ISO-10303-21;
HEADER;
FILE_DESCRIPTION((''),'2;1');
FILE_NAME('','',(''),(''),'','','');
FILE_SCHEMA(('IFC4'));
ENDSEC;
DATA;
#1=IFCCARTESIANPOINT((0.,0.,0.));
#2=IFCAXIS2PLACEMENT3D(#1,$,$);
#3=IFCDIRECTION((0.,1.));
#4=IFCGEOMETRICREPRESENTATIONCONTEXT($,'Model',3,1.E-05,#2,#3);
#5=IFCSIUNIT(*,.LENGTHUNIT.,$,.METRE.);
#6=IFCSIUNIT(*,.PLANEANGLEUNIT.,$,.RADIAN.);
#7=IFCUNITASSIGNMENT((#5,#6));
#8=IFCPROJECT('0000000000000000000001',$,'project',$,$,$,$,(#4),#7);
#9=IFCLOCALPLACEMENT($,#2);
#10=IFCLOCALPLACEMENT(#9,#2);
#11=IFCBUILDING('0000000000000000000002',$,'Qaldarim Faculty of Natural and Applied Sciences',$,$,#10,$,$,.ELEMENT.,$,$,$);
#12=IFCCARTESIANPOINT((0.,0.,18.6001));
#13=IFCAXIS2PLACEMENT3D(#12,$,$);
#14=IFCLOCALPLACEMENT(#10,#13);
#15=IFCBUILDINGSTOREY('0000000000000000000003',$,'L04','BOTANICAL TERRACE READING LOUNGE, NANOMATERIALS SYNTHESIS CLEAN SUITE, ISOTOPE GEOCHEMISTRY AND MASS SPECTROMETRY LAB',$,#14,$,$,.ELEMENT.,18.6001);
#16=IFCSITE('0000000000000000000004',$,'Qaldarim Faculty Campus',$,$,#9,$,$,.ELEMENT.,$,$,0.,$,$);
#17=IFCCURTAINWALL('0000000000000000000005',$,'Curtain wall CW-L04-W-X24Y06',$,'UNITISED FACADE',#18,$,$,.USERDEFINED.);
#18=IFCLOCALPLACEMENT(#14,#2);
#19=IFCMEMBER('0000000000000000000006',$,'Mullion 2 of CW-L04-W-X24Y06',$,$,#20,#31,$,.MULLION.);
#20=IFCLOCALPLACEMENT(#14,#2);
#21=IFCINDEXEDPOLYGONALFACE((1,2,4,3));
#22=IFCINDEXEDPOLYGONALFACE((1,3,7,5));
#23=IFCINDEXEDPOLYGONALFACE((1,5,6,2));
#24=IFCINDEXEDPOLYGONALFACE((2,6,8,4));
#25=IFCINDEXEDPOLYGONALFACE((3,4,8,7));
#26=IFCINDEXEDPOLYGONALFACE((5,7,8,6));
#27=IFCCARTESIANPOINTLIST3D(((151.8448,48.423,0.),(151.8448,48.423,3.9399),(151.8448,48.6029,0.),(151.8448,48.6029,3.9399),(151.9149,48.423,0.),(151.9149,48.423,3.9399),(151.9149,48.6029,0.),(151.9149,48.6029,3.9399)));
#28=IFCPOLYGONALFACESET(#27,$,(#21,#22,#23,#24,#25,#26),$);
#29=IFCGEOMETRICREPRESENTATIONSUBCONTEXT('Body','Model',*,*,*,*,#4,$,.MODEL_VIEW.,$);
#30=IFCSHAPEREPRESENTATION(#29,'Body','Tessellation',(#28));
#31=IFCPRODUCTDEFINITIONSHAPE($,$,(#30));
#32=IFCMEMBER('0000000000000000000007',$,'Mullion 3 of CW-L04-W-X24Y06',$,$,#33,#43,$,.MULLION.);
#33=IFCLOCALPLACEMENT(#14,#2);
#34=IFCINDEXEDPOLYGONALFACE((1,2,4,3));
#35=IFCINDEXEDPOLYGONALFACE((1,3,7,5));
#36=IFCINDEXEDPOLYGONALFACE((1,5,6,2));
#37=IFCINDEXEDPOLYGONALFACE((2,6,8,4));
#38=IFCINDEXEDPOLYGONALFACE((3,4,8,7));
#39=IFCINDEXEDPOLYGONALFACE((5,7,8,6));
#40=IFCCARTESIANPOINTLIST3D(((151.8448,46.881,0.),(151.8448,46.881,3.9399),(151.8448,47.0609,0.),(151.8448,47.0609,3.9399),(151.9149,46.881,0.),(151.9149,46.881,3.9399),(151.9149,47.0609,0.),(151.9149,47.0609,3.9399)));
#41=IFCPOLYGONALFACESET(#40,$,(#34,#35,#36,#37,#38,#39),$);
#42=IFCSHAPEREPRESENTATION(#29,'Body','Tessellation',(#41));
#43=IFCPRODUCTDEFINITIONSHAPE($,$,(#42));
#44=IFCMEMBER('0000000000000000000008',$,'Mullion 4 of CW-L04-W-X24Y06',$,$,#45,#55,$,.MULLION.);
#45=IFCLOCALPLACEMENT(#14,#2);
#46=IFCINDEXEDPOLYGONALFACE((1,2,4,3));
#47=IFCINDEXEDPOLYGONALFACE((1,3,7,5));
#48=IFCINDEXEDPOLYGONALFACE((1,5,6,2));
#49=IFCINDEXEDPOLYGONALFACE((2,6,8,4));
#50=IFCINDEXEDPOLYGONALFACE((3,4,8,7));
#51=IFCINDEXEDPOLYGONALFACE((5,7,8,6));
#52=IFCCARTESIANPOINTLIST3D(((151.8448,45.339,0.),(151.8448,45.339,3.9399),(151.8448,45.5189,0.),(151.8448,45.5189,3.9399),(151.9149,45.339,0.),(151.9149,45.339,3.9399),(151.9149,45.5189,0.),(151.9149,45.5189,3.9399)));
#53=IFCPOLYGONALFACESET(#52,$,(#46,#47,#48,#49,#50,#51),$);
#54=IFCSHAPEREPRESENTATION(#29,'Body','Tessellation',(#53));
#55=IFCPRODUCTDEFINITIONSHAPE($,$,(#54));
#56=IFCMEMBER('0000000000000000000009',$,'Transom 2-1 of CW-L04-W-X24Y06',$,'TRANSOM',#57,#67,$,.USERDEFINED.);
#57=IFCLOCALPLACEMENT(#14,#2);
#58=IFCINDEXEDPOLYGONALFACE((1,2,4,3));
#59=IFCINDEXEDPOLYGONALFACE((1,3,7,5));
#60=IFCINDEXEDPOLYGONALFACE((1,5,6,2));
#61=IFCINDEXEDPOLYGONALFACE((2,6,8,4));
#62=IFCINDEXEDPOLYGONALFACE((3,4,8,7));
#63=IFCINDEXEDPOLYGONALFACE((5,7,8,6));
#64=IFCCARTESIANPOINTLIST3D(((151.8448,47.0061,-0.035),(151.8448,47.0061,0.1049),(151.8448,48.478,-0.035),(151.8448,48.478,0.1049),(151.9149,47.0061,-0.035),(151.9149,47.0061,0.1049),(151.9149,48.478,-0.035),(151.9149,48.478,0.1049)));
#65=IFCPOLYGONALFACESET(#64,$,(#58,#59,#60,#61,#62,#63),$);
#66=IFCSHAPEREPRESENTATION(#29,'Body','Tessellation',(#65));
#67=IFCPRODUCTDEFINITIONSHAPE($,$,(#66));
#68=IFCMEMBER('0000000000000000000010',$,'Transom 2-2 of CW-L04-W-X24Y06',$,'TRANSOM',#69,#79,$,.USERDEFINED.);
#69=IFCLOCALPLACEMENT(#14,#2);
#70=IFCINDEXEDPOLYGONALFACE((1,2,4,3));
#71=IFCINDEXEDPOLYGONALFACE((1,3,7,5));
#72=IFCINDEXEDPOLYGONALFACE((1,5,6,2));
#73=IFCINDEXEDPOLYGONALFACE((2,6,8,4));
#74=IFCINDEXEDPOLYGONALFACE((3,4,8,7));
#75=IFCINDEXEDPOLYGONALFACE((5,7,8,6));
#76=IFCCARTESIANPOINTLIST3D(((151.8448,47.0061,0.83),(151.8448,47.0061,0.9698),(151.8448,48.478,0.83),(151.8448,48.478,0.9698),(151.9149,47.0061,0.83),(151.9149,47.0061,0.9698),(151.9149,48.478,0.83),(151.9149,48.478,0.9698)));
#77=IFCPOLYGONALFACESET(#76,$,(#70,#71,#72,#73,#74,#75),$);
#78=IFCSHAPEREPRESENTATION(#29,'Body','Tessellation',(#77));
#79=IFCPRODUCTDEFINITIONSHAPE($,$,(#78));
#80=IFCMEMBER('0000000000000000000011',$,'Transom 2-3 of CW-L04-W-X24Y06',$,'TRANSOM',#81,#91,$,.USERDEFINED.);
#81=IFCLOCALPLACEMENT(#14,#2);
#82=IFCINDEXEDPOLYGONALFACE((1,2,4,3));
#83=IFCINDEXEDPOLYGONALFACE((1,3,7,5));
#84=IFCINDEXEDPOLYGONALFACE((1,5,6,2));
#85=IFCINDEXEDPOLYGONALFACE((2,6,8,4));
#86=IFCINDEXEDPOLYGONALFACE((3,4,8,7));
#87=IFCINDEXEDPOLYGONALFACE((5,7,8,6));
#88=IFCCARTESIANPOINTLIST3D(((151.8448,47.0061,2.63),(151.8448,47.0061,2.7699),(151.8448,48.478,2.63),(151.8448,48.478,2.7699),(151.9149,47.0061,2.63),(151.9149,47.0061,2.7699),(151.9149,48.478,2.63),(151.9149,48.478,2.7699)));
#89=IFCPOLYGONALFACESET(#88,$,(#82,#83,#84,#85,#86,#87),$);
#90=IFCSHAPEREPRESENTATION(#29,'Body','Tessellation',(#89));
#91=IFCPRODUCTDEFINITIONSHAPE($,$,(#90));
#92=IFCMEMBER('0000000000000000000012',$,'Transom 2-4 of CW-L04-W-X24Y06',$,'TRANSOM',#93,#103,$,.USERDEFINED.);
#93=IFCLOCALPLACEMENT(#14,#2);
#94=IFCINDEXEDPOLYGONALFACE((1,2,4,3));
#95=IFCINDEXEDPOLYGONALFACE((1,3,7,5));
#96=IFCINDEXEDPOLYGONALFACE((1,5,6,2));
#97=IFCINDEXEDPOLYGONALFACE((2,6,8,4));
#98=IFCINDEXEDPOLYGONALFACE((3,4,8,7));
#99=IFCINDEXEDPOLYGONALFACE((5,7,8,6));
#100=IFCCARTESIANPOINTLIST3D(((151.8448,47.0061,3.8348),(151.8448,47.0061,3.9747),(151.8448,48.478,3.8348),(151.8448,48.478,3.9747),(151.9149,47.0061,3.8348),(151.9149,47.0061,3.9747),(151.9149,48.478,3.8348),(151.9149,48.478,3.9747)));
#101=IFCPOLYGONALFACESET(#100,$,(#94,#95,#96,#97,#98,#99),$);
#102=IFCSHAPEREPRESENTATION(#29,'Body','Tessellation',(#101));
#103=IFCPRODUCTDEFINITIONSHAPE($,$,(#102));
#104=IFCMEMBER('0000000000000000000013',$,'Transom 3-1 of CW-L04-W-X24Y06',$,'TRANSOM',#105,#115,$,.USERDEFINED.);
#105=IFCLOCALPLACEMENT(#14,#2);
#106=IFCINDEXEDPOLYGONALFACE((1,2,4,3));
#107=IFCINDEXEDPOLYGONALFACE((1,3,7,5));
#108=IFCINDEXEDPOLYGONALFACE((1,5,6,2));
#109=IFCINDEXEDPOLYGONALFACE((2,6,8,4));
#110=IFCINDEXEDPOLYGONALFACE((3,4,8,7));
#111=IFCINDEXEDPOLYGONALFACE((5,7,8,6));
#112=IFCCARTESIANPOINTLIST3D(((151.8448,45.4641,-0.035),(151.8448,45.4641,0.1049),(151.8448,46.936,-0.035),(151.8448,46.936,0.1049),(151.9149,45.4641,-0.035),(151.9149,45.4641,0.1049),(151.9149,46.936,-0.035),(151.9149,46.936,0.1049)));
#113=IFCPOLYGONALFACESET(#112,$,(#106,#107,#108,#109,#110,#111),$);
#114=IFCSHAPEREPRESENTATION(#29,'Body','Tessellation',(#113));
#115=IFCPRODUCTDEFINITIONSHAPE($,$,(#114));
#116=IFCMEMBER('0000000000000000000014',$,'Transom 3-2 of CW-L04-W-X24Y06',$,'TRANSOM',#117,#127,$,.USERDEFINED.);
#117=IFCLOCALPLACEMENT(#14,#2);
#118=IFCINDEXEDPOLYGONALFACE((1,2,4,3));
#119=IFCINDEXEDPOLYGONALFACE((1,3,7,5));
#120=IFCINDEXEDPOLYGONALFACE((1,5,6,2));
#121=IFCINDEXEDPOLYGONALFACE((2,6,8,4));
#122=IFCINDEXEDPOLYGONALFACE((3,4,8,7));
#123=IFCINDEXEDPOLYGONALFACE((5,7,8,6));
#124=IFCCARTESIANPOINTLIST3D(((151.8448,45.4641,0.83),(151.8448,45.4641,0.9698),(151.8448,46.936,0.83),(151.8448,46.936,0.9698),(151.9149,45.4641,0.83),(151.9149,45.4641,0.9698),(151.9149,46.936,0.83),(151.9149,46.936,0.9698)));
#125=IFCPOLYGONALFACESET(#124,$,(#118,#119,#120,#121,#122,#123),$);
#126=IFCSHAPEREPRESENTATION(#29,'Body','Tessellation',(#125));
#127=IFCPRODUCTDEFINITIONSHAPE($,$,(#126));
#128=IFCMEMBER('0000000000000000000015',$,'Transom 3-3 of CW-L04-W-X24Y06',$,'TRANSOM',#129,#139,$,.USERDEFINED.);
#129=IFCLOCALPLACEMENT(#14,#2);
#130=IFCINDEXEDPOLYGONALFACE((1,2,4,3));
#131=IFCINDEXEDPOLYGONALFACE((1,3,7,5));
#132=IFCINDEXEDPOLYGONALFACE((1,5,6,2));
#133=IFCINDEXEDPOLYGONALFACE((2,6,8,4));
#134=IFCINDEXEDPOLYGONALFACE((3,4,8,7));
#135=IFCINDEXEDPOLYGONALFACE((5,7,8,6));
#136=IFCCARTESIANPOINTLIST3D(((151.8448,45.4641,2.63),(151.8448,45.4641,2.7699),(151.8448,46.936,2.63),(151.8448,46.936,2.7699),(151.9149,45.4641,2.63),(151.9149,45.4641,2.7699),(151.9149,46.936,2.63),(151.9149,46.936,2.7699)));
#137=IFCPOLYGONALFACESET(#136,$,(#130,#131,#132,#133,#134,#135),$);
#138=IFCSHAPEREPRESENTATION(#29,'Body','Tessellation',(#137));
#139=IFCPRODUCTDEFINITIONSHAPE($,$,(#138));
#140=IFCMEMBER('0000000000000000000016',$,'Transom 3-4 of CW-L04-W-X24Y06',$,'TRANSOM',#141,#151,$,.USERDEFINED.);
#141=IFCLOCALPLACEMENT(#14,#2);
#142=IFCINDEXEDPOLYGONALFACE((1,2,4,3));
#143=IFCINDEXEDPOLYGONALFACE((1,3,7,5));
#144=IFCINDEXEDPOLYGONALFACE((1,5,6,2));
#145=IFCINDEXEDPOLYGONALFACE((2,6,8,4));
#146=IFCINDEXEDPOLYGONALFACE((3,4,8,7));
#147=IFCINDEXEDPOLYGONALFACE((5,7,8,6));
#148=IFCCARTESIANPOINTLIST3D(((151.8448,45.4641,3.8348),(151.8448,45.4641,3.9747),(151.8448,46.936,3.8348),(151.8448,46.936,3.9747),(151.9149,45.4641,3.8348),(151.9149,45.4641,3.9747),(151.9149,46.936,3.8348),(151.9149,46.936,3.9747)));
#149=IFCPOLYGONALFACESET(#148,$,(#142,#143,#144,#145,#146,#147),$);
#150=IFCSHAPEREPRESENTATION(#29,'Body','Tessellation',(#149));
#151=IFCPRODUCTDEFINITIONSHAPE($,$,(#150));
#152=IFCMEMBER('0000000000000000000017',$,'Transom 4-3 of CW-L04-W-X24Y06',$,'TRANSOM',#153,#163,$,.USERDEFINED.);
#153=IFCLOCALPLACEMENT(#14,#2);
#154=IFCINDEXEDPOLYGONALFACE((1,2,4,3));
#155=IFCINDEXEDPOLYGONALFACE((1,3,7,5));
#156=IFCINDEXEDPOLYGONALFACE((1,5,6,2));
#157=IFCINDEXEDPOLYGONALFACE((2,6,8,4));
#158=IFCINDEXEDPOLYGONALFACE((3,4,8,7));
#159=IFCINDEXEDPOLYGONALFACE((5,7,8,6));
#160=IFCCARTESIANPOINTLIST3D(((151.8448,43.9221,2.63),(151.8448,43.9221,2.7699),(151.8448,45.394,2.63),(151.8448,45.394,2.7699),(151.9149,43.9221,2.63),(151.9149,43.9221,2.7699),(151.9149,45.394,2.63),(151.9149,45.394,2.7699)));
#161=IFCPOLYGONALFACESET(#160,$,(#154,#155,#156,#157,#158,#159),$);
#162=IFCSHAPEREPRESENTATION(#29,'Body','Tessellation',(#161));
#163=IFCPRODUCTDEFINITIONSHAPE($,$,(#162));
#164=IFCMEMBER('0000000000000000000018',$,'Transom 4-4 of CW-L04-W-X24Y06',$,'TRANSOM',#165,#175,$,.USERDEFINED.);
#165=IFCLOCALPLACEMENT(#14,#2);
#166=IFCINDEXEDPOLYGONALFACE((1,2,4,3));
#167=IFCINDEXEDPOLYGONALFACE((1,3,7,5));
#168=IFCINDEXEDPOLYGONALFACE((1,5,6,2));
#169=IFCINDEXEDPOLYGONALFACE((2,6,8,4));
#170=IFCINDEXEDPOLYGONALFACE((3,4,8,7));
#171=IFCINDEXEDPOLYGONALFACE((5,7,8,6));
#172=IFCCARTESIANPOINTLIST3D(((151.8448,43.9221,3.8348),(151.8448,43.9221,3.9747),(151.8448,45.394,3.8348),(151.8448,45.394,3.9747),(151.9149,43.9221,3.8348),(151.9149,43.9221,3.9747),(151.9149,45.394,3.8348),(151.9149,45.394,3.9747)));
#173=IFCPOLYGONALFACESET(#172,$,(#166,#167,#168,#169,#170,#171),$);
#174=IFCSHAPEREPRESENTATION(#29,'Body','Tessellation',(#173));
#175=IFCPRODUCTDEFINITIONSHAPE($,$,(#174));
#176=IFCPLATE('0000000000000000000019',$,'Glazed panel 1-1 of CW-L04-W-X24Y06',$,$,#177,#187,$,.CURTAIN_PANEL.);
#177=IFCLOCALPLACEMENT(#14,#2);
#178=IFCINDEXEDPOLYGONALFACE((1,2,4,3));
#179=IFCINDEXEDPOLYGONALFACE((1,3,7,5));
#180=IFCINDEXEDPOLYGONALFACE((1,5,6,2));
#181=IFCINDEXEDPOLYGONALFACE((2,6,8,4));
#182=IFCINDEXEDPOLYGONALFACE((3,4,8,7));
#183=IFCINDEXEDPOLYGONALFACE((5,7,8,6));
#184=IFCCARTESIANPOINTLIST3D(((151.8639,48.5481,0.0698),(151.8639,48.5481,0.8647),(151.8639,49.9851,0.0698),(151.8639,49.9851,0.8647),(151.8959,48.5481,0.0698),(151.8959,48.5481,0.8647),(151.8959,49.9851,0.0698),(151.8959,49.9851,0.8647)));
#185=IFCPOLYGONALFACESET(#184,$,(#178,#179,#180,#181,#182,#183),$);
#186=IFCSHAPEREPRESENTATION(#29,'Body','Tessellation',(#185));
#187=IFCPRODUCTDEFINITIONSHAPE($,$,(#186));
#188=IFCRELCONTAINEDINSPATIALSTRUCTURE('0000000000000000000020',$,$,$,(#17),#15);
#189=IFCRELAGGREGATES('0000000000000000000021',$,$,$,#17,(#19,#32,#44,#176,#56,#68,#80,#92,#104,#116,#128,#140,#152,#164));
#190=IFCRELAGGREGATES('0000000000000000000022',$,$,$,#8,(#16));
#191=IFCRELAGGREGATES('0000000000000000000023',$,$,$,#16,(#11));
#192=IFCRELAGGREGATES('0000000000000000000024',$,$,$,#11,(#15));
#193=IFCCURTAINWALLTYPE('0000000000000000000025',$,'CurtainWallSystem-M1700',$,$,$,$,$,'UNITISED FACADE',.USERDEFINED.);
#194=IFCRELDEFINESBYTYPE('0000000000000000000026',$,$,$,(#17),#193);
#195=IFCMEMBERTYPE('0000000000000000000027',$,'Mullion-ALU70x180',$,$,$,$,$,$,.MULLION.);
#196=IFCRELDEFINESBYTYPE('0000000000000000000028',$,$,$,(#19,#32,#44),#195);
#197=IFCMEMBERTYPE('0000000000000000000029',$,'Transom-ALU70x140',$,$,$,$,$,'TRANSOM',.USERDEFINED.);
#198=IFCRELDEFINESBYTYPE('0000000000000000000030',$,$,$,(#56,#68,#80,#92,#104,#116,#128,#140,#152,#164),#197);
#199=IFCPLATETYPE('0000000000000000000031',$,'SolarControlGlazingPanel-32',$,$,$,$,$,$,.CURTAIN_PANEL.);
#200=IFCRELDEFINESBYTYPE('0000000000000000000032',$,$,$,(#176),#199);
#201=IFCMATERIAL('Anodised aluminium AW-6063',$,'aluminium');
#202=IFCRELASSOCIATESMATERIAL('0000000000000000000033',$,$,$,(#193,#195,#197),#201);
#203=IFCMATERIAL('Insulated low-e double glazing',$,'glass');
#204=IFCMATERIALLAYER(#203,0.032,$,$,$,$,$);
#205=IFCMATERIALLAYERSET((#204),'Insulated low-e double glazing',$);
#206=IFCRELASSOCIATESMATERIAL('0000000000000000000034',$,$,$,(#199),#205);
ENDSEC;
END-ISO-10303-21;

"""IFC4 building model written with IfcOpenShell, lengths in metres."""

from ifc_helpers import new_model, si_unit, direction, frame, origin, origin_2d, place, context, subcontext, project, spatial, rectangle, extrude, material, layer, layer_set, material_profile, profile_set, type_object, element, aggregate, save


model = new_model("IFC4")

# Units and contexts
model_context = context("Model", 3, precision=1e-05, world=origin(), true_north=direction((0.0, 1.0)))
body_context = subcontext(model_context, "Body", "Model", "MODEL_VIEW")
ifc_project = project(units=[si_unit("LENGTHUNIT", "METRE"), si_unit("PLANEANGLEUNIT", "RADIAN")], contexts=[model_context])

# Site, building, storey
site_placement = place(None, origin())
site = spatial("IfcSite", under=ifc_project, at=site_placement, Name="Qaldarim Faculty Campus", CompositionType="ELEMENT", RefElevation=0.0)
building_placement = place(site_placement, origin())
building = spatial("IfcBuilding", under=site, at=building_placement, Name="Qaldarim Faculty of Natural and Applied Sciences", CompositionType="ELEMENT")
storey_placement = place(building_placement, frame((0.0, 0.0, 18.6001)))
storey = spatial("IfcBuildingStorey", under=building, at=storey_placement, Name="L04", Description="BOTANICAL TERRACE READING LOUNGE, NANOMATERIALS SYNTHESIS CLEAN SUITE, ISOTOPE GEOCHEMISTRY AND MASS SPECTROMETRY LAB", CompositionType="ELEMENT", Elevation=18.6001)

# Curtain wall, members, plate
ifc_material_1 = material(Name="Anodised aluminium AW-6063", Category="aluminium")
curtain_wall_type = type_object("IfcCurtainWallType", Name="CurtainWallSystem-M1700", ElementType="UNITISED FACADE", PredefinedType="USERDEFINED", material=ifc_material_1)
curtain_wall_placement = place(storey_placement, origin())
curtain_wall = element("IfcCurtainWall", 1, at=curtain_wall_placement, inside=storey, type_object=curtain_wall_type, Name="Curtain wall CW-L04-W-X24Y06", ObjectType="UNITISED FACADE", PredefinedType="USERDEFINED")
ifc_material_profile_1 = material_profile(ifc_material_1, rectangle(XDim=0.0701, YDim=0.1799, at=origin_2d()), Name="ALU-M70x180")
ifc_profile_set_1 = profile_set([ifc_material_profile_1], Name="Anodised aluminium AW-6063")
member_type_1 = type_object("IfcMemberType", Name="Mullion-ALU70x180", PredefinedType="MULLION", material=ifc_profile_set_1)
member_1_placement = place(storey_placement, frame((151.8799, 48.5129, 0.0), z_axis=(0.0, 0.0, 1.0), x_axis=(1.0, 0.0, 0.0)))
member_1 = element("IfcMember", 2, at=member_1_placement, type_object=member_type_1, Name="Mullion 2 of CW-L04-W-X24Y06", PredefinedType="MULLION", context=body_context, shape_type="SweptSolid", body=[
    extrude(rectangle(XDim=0.0701, YDim=0.1799, at=origin_2d()), origin(), (0.0, 0.0, 1.0), 3.9399),
])
member_2_placement = place(storey_placement, frame((151.8799, 46.9709, 0.0), z_axis=(0.0, 0.0, 1.0), x_axis=(1.0, 0.0, 0.0)))
member_2 = element("IfcMember", 3, at=member_2_placement, type_object=member_type_1, Name="Mullion 3 of CW-L04-W-X24Y06", PredefinedType="MULLION", context=body_context, shape_type="SweptSolid", body=[
    extrude(rectangle(XDim=0.0701, YDim=0.1799, at=origin_2d()), origin(), (0.0, 0.0, 1.0), 3.9399),
])
member_3_placement = place(storey_placement, frame((151.8799, 45.429, 0.0), z_axis=(0.0, 0.0, 1.0), x_axis=(1.0, 0.0, 0.0)))
member_3 = element("IfcMember", 4, at=member_3_placement, type_object=member_type_1, Name="Mullion 4 of CW-L04-W-X24Y06", PredefinedType="MULLION", context=body_context, shape_type="SweptSolid", body=[
    extrude(rectangle(XDim=0.0701, YDim=0.1799, at=origin_2d()), origin(), (0.0, 0.0, 1.0), 3.9399),
])
ifc_material_profile_2 = material_profile(ifc_material_1, rectangle(XDim=0.0701, YDim=0.1399, at=origin_2d()), Name="ALU-T70x140")
ifc_profile_set_2 = profile_set([ifc_material_profile_2], Name="Anodised aluminium AW-6063")
member_type_2 = type_object("IfcMemberType", Name="Transom-ALU70x140", ElementType="TRANSOM", PredefinedType="USERDEFINED", material=ifc_profile_set_2)
member_4_placement = place(storey_placement, frame((151.8799, 48.478, 0.0349), z_axis=(0.0, -1.0, 0.0), x_axis=(1.0, 0.0, 0.0)))
member_4 = element("IfcMember", 5, at=member_4_placement, type_object=member_type_2, Name="Transom 2-1 of CW-L04-W-X24Y06", ObjectType="TRANSOM", PredefinedType="USERDEFINED", context=body_context, shape_type="SweptSolid", body=[
    extrude(rectangle(XDim=0.0701, YDim=0.1399, at=origin_2d()), origin(), (0.0, 0.0, 1.0), 1.4719),
])
member_5_placement = place(storey_placement, frame((151.8799, 48.478, 0.8999), z_axis=(0.0, -1.0, 0.0), x_axis=(1.0, 0.0, 0.0)))
member_5 = element("IfcMember", 6, at=member_5_placement, type_object=member_type_2, Name="Transom 2-2 of CW-L04-W-X24Y06", ObjectType="TRANSOM", PredefinedType="USERDEFINED", context=body_context, shape_type="SweptSolid", body=[
    extrude(rectangle(XDim=0.0701, YDim=0.1399, at=origin_2d()), origin(), (0.0, 0.0, 1.0), 1.4719),
])
member_6_placement = place(storey_placement, frame((151.8799, 48.478, 2.7), z_axis=(0.0, -1.0, 0.0), x_axis=(1.0, 0.0, 0.0)))
member_6 = element("IfcMember", 7, at=member_6_placement, type_object=member_type_2, Name="Transom 2-3 of CW-L04-W-X24Y06", ObjectType="TRANSOM", PredefinedType="USERDEFINED", context=body_context, shape_type="SweptSolid", body=[
    extrude(rectangle(XDim=0.0701, YDim=0.1399, at=origin_2d()), origin(), (0.0, 0.0, 1.0), 1.4719),
])
member_7_placement = place(storey_placement, frame((151.8799, 48.478, 3.9048), z_axis=(0.0, -1.0, 0.0), x_axis=(1.0, 0.0, 0.0)))
member_7 = element("IfcMember", 8, at=member_7_placement, type_object=member_type_2, Name="Transom 2-4 of CW-L04-W-X24Y06", ObjectType="TRANSOM", PredefinedType="USERDEFINED", context=body_context, shape_type="SweptSolid", body=[
    extrude(rectangle(XDim=0.0701, YDim=0.1399, at=origin_2d()), origin(), (0.0, 0.0, 1.0), 1.4719),
])
member_8_placement = place(storey_placement, frame((151.8799, 46.936, 0.0349), z_axis=(0.0, -1.0, 0.0), x_axis=(1.0, 0.0, 0.0)))
member_8 = element("IfcMember", 9, at=member_8_placement, type_object=member_type_2, Name="Transom 3-1 of CW-L04-W-X24Y06", ObjectType="TRANSOM", PredefinedType="USERDEFINED", context=body_context, shape_type="SweptSolid", body=[
    extrude(rectangle(XDim=0.0701, YDim=0.1399, at=origin_2d()), origin(), (0.0, 0.0, 1.0), 1.4719),
])
member_9_placement = place(storey_placement, frame((151.8799, 46.936, 0.8999), z_axis=(0.0, -1.0, 0.0), x_axis=(1.0, 0.0, 0.0)))
member_9 = element("IfcMember", 10, at=member_9_placement, type_object=member_type_2, Name="Transom 3-2 of CW-L04-W-X24Y06", ObjectType="TRANSOM", PredefinedType="USERDEFINED", context=body_context, shape_type="SweptSolid", body=[
    extrude(rectangle(XDim=0.0701, YDim=0.1399, at=origin_2d()), origin(), (0.0, 0.0, 1.0), 1.4719),
])
member_10_placement = place(storey_placement, frame((151.8799, 46.936, 2.7), z_axis=(0.0, -1.0, 0.0), x_axis=(1.0, 0.0, 0.0)))
member_10 = element("IfcMember", 11, at=member_10_placement, type_object=member_type_2, Name="Transom 3-3 of CW-L04-W-X24Y06", ObjectType="TRANSOM", PredefinedType="USERDEFINED", context=body_context, shape_type="SweptSolid", body=[
    extrude(rectangle(XDim=0.0701, YDim=0.1399, at=origin_2d()), origin(), (0.0, 0.0, 1.0), 1.4719),
])
member_11_placement = place(storey_placement, frame((151.8799, 46.936, 3.9048), z_axis=(0.0, -1.0, 0.0), x_axis=(1.0, 0.0, 0.0)))
member_11 = element("IfcMember", 12, at=member_11_placement, type_object=member_type_2, Name="Transom 3-4 of CW-L04-W-X24Y06", ObjectType="TRANSOM", PredefinedType="USERDEFINED", context=body_context, shape_type="SweptSolid", body=[
    extrude(rectangle(XDim=0.0701, YDim=0.1399, at=origin_2d()), origin(), (0.0, 0.0, 1.0), 1.4719),
])
member_12_placement = place(storey_placement, frame((151.8799, 45.394, 2.7), z_axis=(0.0, -1.0, 0.0), x_axis=(1.0, 0.0, 0.0)))
member_12 = element("IfcMember", 13, at=member_12_placement, type_object=member_type_2, Name="Transom 4-3 of CW-L04-W-X24Y06", ObjectType="TRANSOM", PredefinedType="USERDEFINED", context=body_context, shape_type="SweptSolid", body=[
    extrude(rectangle(XDim=0.0701, YDim=0.1399, at=origin_2d()), origin(), (0.0, 0.0, 1.0), 1.4719),
])
member_13_placement = place(storey_placement, frame((151.8799, 45.394, 3.9048), z_axis=(0.0, -1.0, 0.0), x_axis=(1.0, 0.0, 0.0)))
member_13 = element("IfcMember", 14, at=member_13_placement, type_object=member_type_2, Name="Transom 4-4 of CW-L04-W-X24Y06", ObjectType="TRANSOM", PredefinedType="USERDEFINED", context=body_context, shape_type="SweptSolid", body=[
    extrude(rectangle(XDim=0.0701, YDim=0.1399, at=origin_2d()), origin(), (0.0, 0.0, 1.0), 1.4719),
])
ifc_material_2 = material(Name="Insulated low-e double glazing", Category="glass")
ifc_layer_1 = layer(ifc_material_2, 0.032)
ifc_layer_set_1 = layer_set([ifc_layer_1], Name="Insulated low-e double glazing")
plate_type = type_object("IfcPlateType", Name="SolarControlGlazingPanel-32", PredefinedType="CURTAIN_PANEL", material=ifc_layer_set_1)
plate_1_placement = place(storey_placement, frame((151.8799, 49.2666, 0.0698), z_axis=(0.0, 0.0, 1.0), x_axis=(0.0, -1.0, 0.0)))
plate_1 = element("IfcPlate", 15, at=plate_1_placement, type_object=plate_type, Name="Glazed panel 1-1 of CW-L04-W-X24Y06", PredefinedType="CURTAIN_PANEL", context=body_context, shape_type="SweptSolid", body=[
    extrude(rectangle(XDim=1.437, YDim=0.032, at=origin_2d()), origin(), (0.0, 0.0, 1.0), 0.7949),
])
aggregate(curtain_wall, [member_1, member_2, member_3, plate_1, member_4, member_5, member_6, member_7, member_8, member_9, member_10, member_11, member_12, member_13])

save(model, "model.ifc")
